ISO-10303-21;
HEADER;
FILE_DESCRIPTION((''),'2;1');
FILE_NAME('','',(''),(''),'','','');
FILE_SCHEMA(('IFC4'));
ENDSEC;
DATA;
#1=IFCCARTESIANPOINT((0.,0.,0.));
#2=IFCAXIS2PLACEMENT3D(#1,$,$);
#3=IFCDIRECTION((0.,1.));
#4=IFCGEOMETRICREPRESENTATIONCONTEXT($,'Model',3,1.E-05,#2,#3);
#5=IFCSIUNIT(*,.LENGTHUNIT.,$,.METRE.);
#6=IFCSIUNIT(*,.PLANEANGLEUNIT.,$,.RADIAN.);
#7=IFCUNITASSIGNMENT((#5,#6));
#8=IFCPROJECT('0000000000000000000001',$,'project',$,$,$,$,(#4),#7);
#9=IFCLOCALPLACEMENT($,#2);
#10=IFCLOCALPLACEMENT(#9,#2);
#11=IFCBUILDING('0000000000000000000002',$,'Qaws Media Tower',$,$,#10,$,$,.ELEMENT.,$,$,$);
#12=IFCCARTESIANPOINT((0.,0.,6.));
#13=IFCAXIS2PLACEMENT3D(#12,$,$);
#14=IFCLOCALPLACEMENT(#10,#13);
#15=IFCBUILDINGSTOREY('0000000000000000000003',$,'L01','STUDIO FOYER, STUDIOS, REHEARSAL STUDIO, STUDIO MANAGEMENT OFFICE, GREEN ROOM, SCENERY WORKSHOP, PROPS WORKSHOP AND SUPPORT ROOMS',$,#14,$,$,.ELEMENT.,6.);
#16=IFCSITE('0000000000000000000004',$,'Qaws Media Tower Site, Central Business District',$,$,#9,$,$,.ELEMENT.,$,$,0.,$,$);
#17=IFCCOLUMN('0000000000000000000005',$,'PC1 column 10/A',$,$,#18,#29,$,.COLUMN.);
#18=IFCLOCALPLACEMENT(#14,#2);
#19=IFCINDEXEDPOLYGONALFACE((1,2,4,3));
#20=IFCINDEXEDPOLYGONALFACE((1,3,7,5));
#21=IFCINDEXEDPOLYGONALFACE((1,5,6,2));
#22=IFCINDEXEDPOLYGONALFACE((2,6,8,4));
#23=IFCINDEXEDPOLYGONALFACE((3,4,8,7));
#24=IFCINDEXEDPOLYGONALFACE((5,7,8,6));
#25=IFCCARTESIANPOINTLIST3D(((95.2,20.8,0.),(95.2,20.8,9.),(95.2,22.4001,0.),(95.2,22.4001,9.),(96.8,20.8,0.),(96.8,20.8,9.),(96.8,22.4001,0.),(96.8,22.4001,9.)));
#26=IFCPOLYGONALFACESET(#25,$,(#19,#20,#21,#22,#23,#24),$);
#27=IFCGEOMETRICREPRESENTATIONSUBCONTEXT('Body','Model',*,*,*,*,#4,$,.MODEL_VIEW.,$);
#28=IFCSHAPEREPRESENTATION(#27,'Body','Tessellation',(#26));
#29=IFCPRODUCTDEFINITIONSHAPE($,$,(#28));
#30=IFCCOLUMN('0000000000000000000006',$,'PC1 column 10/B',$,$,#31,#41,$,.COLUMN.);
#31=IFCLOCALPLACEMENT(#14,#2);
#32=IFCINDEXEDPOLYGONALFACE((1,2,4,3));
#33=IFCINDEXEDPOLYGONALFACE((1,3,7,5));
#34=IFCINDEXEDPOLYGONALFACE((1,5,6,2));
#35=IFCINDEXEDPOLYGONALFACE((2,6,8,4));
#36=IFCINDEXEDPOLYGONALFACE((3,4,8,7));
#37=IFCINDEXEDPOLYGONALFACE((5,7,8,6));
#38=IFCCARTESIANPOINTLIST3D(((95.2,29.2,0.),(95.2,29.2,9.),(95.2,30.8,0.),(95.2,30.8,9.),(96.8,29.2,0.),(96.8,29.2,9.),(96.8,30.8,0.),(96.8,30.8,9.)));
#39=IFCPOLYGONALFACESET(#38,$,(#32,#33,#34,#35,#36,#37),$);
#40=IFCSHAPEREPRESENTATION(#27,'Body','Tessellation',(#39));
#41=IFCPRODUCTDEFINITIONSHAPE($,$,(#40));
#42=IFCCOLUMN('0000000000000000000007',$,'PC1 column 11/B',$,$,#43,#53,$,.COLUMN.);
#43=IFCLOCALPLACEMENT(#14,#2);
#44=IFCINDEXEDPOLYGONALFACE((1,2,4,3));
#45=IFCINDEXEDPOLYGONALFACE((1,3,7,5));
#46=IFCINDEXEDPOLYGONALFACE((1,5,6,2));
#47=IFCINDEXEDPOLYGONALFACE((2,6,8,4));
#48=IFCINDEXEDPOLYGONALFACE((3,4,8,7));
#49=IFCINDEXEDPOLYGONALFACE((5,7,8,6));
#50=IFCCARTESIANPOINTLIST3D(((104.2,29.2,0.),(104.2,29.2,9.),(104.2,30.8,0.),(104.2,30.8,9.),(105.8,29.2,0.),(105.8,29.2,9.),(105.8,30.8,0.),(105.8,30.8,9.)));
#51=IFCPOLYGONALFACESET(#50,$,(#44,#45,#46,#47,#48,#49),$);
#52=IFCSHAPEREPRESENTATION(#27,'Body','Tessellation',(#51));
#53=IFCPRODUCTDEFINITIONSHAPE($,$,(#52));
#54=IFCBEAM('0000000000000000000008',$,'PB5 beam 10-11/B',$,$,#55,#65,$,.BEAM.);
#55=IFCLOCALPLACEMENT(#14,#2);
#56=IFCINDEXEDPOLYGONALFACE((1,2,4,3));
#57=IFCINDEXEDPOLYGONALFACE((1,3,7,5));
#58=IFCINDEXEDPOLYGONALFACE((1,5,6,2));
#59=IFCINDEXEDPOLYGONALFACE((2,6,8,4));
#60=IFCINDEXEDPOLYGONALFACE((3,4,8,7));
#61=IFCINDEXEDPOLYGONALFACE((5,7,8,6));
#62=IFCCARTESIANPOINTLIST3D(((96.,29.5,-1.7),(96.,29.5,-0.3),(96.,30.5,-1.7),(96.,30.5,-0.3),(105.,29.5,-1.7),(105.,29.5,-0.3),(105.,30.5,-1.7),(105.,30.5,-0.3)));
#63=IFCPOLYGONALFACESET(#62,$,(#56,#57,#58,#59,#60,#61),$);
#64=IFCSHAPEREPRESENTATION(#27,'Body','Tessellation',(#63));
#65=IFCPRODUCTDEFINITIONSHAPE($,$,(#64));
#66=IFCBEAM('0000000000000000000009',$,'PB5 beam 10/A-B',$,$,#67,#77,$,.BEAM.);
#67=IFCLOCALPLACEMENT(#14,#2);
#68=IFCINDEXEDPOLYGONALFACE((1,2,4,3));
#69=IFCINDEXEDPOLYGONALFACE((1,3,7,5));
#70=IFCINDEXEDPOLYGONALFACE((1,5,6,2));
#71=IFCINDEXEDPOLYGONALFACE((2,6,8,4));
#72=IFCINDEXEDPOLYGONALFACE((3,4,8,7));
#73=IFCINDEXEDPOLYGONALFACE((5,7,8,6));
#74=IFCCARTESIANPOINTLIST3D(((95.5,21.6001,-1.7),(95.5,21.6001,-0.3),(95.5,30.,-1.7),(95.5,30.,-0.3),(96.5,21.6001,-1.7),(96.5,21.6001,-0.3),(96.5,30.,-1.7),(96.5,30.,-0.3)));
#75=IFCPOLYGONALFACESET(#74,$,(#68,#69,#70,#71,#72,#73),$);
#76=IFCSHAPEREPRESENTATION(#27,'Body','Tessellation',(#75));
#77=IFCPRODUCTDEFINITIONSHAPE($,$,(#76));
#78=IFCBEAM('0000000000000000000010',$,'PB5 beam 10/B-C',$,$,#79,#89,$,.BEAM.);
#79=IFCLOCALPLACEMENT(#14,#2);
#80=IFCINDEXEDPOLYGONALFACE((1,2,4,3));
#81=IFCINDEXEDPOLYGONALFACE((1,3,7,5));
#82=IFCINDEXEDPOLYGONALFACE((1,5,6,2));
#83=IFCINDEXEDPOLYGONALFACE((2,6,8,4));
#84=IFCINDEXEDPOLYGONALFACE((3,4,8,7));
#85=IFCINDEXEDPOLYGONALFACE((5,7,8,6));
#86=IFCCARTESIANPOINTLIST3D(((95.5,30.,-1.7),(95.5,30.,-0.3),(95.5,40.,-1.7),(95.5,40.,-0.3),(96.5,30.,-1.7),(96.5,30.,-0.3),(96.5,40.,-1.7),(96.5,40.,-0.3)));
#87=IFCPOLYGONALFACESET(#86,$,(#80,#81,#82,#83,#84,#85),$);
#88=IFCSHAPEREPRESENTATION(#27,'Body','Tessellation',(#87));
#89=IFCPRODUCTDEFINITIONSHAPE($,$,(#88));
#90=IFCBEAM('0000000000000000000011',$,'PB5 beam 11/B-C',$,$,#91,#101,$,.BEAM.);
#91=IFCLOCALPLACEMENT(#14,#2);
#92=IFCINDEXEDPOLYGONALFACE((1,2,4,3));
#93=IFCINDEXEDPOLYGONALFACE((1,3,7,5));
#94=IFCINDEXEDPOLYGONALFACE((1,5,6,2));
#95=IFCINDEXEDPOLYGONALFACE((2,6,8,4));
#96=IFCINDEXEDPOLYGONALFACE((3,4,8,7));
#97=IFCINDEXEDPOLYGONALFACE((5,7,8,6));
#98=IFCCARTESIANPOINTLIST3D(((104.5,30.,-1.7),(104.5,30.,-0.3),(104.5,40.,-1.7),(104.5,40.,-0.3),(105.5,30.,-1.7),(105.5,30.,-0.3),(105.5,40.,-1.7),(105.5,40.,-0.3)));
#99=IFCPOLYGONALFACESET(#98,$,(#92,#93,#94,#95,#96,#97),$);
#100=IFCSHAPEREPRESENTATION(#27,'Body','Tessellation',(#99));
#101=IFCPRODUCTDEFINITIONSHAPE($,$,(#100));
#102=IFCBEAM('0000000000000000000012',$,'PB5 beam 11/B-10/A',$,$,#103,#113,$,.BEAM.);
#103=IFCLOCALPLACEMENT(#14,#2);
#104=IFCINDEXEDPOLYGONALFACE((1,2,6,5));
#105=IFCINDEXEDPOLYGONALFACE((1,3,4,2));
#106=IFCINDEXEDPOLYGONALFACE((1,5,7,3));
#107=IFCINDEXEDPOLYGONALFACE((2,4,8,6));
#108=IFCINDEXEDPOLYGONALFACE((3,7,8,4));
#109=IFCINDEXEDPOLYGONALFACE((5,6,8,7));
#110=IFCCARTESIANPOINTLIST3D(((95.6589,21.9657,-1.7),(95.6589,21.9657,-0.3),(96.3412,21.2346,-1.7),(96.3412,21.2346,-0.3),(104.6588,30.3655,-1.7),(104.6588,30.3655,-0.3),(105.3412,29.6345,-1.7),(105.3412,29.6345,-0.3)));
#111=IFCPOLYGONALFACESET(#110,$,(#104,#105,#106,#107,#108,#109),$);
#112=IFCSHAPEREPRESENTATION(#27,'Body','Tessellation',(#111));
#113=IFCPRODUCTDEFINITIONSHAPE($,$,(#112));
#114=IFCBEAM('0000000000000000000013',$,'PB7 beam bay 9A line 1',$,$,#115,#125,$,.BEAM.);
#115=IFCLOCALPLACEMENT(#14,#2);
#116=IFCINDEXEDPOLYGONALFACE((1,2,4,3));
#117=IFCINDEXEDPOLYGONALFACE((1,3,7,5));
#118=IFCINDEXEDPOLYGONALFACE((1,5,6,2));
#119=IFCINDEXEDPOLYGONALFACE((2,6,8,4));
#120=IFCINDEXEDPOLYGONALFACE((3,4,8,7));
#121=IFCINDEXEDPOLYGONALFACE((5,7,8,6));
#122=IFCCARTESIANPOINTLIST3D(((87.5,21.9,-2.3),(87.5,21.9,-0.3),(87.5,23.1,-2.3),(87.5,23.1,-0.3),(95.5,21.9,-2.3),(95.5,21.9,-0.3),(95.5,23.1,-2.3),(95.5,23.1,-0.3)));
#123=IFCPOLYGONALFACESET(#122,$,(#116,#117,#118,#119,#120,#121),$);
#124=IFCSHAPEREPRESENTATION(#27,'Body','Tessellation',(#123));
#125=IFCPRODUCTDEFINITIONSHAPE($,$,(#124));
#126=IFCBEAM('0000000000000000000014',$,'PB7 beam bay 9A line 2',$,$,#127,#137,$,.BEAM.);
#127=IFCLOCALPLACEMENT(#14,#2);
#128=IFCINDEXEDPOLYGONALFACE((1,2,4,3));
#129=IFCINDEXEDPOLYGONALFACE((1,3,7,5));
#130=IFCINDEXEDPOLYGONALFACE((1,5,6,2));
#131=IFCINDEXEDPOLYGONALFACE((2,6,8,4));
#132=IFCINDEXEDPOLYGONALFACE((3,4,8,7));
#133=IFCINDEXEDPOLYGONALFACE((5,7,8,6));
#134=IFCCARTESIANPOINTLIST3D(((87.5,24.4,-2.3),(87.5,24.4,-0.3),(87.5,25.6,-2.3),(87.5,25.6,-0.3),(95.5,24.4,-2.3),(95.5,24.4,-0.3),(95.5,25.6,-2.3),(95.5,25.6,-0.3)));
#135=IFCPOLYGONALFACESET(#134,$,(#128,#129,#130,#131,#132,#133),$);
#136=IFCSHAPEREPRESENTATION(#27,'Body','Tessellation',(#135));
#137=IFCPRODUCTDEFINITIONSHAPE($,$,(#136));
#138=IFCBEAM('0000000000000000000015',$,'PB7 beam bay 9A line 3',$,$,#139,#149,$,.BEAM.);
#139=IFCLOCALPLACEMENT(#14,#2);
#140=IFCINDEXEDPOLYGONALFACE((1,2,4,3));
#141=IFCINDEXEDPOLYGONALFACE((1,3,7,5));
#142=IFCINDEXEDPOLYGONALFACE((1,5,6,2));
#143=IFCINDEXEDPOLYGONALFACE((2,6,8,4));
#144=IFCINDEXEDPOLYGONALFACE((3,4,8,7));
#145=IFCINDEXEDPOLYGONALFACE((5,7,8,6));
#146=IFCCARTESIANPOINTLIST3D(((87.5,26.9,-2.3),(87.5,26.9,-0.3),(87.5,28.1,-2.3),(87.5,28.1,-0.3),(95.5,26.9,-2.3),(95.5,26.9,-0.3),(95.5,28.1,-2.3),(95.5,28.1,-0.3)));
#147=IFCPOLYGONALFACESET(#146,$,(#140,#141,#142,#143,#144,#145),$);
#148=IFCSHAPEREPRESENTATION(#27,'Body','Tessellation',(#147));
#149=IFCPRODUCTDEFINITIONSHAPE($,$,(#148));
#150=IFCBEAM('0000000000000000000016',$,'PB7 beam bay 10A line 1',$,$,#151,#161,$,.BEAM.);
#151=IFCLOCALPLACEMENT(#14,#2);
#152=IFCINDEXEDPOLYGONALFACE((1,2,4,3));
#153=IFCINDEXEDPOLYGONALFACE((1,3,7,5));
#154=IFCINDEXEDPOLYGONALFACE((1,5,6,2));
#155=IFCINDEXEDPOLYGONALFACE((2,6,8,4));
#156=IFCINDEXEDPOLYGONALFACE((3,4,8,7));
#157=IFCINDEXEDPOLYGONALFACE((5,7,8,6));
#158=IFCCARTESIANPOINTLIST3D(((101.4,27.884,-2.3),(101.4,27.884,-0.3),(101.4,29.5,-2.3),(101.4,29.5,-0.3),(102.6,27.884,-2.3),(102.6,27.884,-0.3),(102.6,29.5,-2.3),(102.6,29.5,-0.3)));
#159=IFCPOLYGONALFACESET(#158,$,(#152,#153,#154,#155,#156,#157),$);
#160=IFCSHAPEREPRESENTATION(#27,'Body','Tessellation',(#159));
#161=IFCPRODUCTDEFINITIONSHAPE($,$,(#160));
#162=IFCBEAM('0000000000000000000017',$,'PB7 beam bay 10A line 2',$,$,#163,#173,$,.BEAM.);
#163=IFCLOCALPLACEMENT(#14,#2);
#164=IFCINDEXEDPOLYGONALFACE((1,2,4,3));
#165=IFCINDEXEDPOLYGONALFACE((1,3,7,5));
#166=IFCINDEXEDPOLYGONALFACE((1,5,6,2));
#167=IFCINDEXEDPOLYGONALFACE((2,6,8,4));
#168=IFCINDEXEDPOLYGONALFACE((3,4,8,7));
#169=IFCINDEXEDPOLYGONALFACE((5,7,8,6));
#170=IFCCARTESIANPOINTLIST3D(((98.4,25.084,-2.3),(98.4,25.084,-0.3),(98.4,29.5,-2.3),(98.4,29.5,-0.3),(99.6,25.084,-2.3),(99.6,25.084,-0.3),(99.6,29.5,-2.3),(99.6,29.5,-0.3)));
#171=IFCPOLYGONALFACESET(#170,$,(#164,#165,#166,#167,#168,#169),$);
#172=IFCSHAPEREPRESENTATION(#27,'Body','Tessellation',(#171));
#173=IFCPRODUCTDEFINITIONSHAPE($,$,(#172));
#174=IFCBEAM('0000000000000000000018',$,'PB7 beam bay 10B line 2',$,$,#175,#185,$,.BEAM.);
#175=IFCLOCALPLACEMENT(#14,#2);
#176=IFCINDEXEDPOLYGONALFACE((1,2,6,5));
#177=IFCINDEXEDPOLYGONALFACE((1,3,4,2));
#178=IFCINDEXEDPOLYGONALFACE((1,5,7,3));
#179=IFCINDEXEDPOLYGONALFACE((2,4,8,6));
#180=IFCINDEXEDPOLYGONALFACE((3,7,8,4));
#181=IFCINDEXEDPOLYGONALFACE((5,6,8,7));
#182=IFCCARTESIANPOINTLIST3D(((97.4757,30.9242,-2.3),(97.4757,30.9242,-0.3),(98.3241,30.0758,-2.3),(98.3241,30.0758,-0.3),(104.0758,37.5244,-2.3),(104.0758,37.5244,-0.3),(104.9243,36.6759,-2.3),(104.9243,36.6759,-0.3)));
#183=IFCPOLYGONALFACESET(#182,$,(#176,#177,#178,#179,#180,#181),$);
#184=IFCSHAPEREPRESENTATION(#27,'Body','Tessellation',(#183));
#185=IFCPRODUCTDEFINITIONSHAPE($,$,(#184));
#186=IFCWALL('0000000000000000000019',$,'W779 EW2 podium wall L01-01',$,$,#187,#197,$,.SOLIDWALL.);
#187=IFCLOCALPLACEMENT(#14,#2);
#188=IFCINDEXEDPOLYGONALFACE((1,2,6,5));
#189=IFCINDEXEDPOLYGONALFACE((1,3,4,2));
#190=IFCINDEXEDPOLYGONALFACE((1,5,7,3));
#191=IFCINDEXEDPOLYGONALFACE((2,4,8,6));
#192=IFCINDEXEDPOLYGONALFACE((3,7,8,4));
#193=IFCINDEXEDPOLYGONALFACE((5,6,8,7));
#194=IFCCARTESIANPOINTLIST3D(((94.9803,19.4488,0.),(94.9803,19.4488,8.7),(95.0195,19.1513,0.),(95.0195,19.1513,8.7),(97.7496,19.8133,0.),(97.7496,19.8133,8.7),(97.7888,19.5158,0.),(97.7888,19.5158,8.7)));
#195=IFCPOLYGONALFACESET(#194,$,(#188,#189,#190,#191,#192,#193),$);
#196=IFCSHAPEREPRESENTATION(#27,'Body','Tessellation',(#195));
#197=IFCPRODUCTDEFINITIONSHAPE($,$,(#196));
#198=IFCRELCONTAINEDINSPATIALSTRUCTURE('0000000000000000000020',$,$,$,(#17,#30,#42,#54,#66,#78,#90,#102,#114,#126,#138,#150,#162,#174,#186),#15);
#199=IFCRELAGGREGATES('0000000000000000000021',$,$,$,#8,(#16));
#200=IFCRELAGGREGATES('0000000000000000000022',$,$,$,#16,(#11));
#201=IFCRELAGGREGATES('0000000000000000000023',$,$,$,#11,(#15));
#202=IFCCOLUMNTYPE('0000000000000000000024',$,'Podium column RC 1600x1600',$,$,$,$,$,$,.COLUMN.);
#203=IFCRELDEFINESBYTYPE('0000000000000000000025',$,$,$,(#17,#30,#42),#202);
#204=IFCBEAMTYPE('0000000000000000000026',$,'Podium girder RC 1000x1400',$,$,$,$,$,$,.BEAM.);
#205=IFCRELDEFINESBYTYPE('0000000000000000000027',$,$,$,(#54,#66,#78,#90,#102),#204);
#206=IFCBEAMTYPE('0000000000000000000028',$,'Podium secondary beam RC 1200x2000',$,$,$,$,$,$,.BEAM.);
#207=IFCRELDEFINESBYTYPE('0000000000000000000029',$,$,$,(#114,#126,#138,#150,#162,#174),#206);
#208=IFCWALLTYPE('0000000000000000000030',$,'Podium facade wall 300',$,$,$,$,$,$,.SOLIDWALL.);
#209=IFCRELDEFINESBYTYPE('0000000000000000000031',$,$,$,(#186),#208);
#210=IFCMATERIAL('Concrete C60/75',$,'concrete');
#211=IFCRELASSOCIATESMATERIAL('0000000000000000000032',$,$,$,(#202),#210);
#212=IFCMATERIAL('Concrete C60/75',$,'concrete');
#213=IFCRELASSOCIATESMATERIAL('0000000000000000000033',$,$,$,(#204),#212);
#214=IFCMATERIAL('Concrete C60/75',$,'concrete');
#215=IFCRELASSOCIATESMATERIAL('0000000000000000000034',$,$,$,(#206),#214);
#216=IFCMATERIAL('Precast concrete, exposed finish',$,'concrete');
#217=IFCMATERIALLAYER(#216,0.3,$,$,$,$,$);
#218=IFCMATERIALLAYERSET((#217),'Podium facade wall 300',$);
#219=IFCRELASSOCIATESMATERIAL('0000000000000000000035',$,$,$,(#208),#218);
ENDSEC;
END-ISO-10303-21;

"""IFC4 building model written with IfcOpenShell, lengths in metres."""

from ifc_helpers import new_model, si_unit, direction, frame, frame_2d, origin, origin_2d, place, context, subcontext, project, spatial, rectangle, extrude, material, layer, layer_set, material_profile, profile_set, type_object, element, save


model = new_model("IFC4")

# Units and contexts
model_context = context("Model", 3, precision=1e-05, world=origin(), true_north=direction((0.0, 1.0)))
body_context = subcontext(model_context, "Body", "Model", "MODEL_VIEW")
ifc_project = project(units=[si_unit("LENGTHUNIT", "METRE"), si_unit("PLANEANGLEUNIT", "RADIAN")], contexts=[model_context])

# Site, building, storey
site_placement = place(None, origin())
site = spatial("IfcSite", under=ifc_project, at=site_placement, Name="Qaws Media Tower Site, Central Business District", CompositionType="ELEMENT", RefElevation=0.0)
building_placement = place(site_placement, origin())
building = spatial("IfcBuilding", under=site, at=building_placement, Name="Qaws Media Tower", CompositionType="ELEMENT")
storey_placement = place(building_placement, frame((0.0, 0.0, 6.0)))
storey = spatial("IfcBuildingStorey", under=building, at=storey_placement, Name="L01", Description="STUDIO FOYER, STUDIOS, REHEARSAL STUDIO, STUDIO MANAGEMENT OFFICE, GREEN ROOM, SCENERY WORKSHOP, PROPS WORKSHOP AND SUPPORT ROOMS", CompositionType="ELEMENT", Elevation=6.0)

# Columns
ifc_material_1 = material(Name="Concrete C60/75", Category="concrete")
ifc_material_profile_1 = material_profile(ifc_material_1, rectangle(XDim=1.6001, YDim=1.6001, at=origin_2d()), Name="RC 1600x1600")
ifc_profile_set_1 = profile_set([ifc_material_profile_1], Name="Concrete C60/75")
column_type = type_object("IfcColumnType", Name="Podium column RC 1600x1600", PredefinedType="COLUMN", material=ifc_profile_set_1)
for number, where, z_axis, x_axis, name in (
    (1, (96.0, 21.6001, 0.0), (0.0, 0.0, 1.0), (1.0, 0.0, 0.0), "PC1 column 10/A"),
    (2, (96.0, 30.0, 0.0), (0.0, 0.0, 1.0), (1.0, 0.0, 0.0), "PC1 column 10/B"),
    (3, (105.0, 30.0, 0.0), (0.0, 0.0, 1.0), (1.0, 0.0, 0.0), "PC1 column 11/B"),
):
    element("IfcColumn", number, at=place(storey_placement, frame(where, z_axis=z_axis, x_axis=x_axis)), inside=storey, type_object=column_type, Name=name, PredefinedType="COLUMN", context=body_context, shape_type="SweptSolid", body=[
        extrude(rectangle(XDim=1.6001, YDim=1.6001, at=origin_2d()), origin(), (0.0, 0.0, 1.0), 9.0),
    ])

# Beams
ifc_material_2 = material(Name="Concrete C60/75", Category="concrete")
ifc_material_profile_2 = material_profile(ifc_material_2, rectangle(XDim=1.0, YDim=1.3999, at=origin_2d()), Name="RC 1000x1400")
ifc_profile_set_2 = profile_set([ifc_material_profile_2], Name="Concrete C60/75")
beam_type_1 = type_object("IfcBeamType", Name="Podium girder RC 1000x1400", PredefinedType="BEAM", material=ifc_profile_set_2)
beam_1_placement = place(storey_placement, frame((96.0, 30.0, -1.0), z_axis=(1.0, 0.0, 0.0), x_axis=(0.0, 1.0, 0.0)))
element("IfcBeam", 4, at=beam_1_placement, inside=storey, type_object=beam_type_1, Name="PB5 beam 10-11/B", PredefinedType="BEAM", context=body_context, shape_type="SweptSolid", body=[
    extrude(rectangle(XDim=1.0, YDim=1.3999, at=origin_2d()), origin(), (0.0, 0.0, 1.0), 9.0),
])
beam_2_placement = place(storey_placement, frame((96.0, 21.6001, -1.0), z_axis=(0.0, 1.0, 0.0), x_axis=(-1.0, 0.0, 0.0)))
element("IfcBeam", 5, at=beam_2_placement, inside=storey, type_object=beam_type_1, Name="PB5 beam 10/A-B", PredefinedType="BEAM", context=body_context, shape_type="SweptSolid", body=[
    extrude(rectangle(XDim=1.0, YDim=1.3999, at=origin_2d()), origin(), (0.0, 0.0, 1.0), 8.3999),
])
for number, where, z_axis, x_axis, name in (
    (6, (96.0, 30.0, -1.0), (0.0, 1.0, 0.0), (-1.0, 0.0, 0.0), "PB5 beam 10/B-C"),
    (7, (105.0, 30.0, -1.0), (0.0, 1.0, 0.0), (-1.0, 0.0, 0.0), "PB5 beam 11/B-C"),
):
    element("IfcBeam", number, at=place(storey_placement, frame(where, z_axis=z_axis, x_axis=x_axis)), inside=storey, type_object=beam_type_1, Name=name, PredefinedType="BEAM", context=body_context, shape_type="SweptSolid", body=[
        extrude(rectangle(XDim=1.0, YDim=1.3999, at=origin_2d()), origin(), (0.0, 0.0, 1.0), 10.0),
    ])
beam_3_placement = place(storey_placement, frame((105.0, 30.0, -1.0), z_axis=(-0.731059, -0.682314, 0.0), x_axis=(0.682314, -0.731059, 0.0)))
element("IfcBeam", 8, at=beam_3_placement, inside=storey, type_object=beam_type_1, Name="PB5 beam 11/B-10/A", PredefinedType="BEAM", context=body_context, shape_type="SweptSolid", body=[
    extrude(rectangle(XDim=1.0, YDim=1.3999, at=origin_2d()), origin(), (0.0, 0.0, 1.0), 12.3108),
])
ifc_material_3 = material(Name="Concrete C60/75", Category="concrete")
ifc_material_profile_3 = material_profile(ifc_material_3, rectangle(XDim=1.2, YDim=2.0, at=origin_2d()), Name="RC 1200x2000")
ifc_profile_set_3 = profile_set([ifc_material_profile_3], Name="Concrete C60/75")
beam_type_2 = type_object("IfcBeamType", Name="Podium secondary beam RC 1200x2000", PredefinedType="BEAM", material=ifc_profile_set_3)
for number, where, z_axis, x_axis, name in (
    (9, (87.5, 22.5, -1.3), (1.0, 0.0, 0.0), (0.0, 1.0, 0.0), "PB7 beam bay 9A line 1"),
    (10, (87.5, 25.0, -1.3), (1.0, 0.0, 0.0), (0.0, 1.0, 0.0), "PB7 beam bay 9A line 2"),
    (11, (87.5, 27.5, -1.3), (1.0, 0.0, 0.0), (0.0, 1.0, 0.0), "PB7 beam bay 9A line 3"),
):
    element("IfcBeam", number, at=place(storey_placement, frame(where, z_axis=z_axis, x_axis=x_axis)), inside=storey, type_object=beam_type_2, Name=name, PredefinedType="BEAM", context=body_context, shape_type="SweptSolid", body=[
        extrude(rectangle(XDim=1.2, YDim=2.0, at=origin_2d()), origin(), (0.0, 0.0, 1.0), 8.0),
    ])
beam_4_placement = place(storey_placement, frame((102.0, 27.884, -1.3), z_axis=(0.0, 1.0, 0.0), x_axis=(-1.0, 0.0, 0.0)))
element("IfcBeam", 12, at=beam_4_placement, inside=storey, type_object=beam_type_2, Name="PB7 beam bay 10A line 1", PredefinedType="BEAM", context=body_context, shape_type="SweptSolid", body=[
    extrude(rectangle(XDim=1.2, YDim=2.0, at=origin_2d()), origin(), (0.0, 0.0, 1.0), 1.616),
])
beam_5_placement = place(storey_placement, frame((99.0, 25.084, -1.3), z_axis=(0.0, 1.0, 0.0), x_axis=(-1.0, 0.0, 0.0)))
element("IfcBeam", 13, at=beam_5_placement, inside=storey, type_object=beam_type_2, Name="PB7 beam bay 10A line 2", PredefinedType="BEAM", context=body_context, shape_type="SweptSolid", body=[
    extrude(rectangle(XDim=1.2, YDim=2.0, at=origin_2d()), origin(), (0.0, 0.0, 1.0), 4.416),
])
beam_6_placement = place(storey_placement, frame((97.8999, 30.5, -1.3), z_axis=(0.707107, 0.707107, 0.0), x_axis=(-0.707107, 0.707107, 0.0)))
element("IfcBeam", 14, at=beam_6_placement, inside=storey, type_object=beam_type_2, Name="PB7 beam bay 10B line 2", PredefinedType="BEAM", context=body_context, shape_type="SweptSolid", body=[
    extrude(rectangle(XDim=1.2, YDim=2.0, at=origin_2d()), origin(), (0.0, 0.0, 1.0), 9.334),
])

# Wall
ifc_material_4 = material(Name="Precast concrete, exposed finish", Category="concrete")
ifc_layer = layer(ifc_material_4, 0.3)
ifc_layer_set = layer_set([ifc_layer], Name="Podium facade wall 300")
wall_type = type_object("IfcWallType", Name="Podium facade wall 300", PredefinedType="SOLIDWALL", material=ifc_layer_set)
wall_1_placement = place(storey_placement, frame((95.0, 19.3, 0.0), z_axis=(0.0, 0.0, 1.0), x_axis=(0.991449, 0.130497, 0.0)))
element("IfcWall", 15, at=wall_1_placement, inside=storey, type_object=wall_type, Name="W779 EW2 podium wall L01-01", PredefinedType="SOLIDWALL", context=body_context, shape_type="SweptSolid", body=[
    extrude(rectangle(XDim=2.7932, YDim=0.3, at=frame_2d((1.3965, 0.0))), origin(), (0.0, 0.0, 1.0), 8.7),
])

save(model, "model.ifc")
